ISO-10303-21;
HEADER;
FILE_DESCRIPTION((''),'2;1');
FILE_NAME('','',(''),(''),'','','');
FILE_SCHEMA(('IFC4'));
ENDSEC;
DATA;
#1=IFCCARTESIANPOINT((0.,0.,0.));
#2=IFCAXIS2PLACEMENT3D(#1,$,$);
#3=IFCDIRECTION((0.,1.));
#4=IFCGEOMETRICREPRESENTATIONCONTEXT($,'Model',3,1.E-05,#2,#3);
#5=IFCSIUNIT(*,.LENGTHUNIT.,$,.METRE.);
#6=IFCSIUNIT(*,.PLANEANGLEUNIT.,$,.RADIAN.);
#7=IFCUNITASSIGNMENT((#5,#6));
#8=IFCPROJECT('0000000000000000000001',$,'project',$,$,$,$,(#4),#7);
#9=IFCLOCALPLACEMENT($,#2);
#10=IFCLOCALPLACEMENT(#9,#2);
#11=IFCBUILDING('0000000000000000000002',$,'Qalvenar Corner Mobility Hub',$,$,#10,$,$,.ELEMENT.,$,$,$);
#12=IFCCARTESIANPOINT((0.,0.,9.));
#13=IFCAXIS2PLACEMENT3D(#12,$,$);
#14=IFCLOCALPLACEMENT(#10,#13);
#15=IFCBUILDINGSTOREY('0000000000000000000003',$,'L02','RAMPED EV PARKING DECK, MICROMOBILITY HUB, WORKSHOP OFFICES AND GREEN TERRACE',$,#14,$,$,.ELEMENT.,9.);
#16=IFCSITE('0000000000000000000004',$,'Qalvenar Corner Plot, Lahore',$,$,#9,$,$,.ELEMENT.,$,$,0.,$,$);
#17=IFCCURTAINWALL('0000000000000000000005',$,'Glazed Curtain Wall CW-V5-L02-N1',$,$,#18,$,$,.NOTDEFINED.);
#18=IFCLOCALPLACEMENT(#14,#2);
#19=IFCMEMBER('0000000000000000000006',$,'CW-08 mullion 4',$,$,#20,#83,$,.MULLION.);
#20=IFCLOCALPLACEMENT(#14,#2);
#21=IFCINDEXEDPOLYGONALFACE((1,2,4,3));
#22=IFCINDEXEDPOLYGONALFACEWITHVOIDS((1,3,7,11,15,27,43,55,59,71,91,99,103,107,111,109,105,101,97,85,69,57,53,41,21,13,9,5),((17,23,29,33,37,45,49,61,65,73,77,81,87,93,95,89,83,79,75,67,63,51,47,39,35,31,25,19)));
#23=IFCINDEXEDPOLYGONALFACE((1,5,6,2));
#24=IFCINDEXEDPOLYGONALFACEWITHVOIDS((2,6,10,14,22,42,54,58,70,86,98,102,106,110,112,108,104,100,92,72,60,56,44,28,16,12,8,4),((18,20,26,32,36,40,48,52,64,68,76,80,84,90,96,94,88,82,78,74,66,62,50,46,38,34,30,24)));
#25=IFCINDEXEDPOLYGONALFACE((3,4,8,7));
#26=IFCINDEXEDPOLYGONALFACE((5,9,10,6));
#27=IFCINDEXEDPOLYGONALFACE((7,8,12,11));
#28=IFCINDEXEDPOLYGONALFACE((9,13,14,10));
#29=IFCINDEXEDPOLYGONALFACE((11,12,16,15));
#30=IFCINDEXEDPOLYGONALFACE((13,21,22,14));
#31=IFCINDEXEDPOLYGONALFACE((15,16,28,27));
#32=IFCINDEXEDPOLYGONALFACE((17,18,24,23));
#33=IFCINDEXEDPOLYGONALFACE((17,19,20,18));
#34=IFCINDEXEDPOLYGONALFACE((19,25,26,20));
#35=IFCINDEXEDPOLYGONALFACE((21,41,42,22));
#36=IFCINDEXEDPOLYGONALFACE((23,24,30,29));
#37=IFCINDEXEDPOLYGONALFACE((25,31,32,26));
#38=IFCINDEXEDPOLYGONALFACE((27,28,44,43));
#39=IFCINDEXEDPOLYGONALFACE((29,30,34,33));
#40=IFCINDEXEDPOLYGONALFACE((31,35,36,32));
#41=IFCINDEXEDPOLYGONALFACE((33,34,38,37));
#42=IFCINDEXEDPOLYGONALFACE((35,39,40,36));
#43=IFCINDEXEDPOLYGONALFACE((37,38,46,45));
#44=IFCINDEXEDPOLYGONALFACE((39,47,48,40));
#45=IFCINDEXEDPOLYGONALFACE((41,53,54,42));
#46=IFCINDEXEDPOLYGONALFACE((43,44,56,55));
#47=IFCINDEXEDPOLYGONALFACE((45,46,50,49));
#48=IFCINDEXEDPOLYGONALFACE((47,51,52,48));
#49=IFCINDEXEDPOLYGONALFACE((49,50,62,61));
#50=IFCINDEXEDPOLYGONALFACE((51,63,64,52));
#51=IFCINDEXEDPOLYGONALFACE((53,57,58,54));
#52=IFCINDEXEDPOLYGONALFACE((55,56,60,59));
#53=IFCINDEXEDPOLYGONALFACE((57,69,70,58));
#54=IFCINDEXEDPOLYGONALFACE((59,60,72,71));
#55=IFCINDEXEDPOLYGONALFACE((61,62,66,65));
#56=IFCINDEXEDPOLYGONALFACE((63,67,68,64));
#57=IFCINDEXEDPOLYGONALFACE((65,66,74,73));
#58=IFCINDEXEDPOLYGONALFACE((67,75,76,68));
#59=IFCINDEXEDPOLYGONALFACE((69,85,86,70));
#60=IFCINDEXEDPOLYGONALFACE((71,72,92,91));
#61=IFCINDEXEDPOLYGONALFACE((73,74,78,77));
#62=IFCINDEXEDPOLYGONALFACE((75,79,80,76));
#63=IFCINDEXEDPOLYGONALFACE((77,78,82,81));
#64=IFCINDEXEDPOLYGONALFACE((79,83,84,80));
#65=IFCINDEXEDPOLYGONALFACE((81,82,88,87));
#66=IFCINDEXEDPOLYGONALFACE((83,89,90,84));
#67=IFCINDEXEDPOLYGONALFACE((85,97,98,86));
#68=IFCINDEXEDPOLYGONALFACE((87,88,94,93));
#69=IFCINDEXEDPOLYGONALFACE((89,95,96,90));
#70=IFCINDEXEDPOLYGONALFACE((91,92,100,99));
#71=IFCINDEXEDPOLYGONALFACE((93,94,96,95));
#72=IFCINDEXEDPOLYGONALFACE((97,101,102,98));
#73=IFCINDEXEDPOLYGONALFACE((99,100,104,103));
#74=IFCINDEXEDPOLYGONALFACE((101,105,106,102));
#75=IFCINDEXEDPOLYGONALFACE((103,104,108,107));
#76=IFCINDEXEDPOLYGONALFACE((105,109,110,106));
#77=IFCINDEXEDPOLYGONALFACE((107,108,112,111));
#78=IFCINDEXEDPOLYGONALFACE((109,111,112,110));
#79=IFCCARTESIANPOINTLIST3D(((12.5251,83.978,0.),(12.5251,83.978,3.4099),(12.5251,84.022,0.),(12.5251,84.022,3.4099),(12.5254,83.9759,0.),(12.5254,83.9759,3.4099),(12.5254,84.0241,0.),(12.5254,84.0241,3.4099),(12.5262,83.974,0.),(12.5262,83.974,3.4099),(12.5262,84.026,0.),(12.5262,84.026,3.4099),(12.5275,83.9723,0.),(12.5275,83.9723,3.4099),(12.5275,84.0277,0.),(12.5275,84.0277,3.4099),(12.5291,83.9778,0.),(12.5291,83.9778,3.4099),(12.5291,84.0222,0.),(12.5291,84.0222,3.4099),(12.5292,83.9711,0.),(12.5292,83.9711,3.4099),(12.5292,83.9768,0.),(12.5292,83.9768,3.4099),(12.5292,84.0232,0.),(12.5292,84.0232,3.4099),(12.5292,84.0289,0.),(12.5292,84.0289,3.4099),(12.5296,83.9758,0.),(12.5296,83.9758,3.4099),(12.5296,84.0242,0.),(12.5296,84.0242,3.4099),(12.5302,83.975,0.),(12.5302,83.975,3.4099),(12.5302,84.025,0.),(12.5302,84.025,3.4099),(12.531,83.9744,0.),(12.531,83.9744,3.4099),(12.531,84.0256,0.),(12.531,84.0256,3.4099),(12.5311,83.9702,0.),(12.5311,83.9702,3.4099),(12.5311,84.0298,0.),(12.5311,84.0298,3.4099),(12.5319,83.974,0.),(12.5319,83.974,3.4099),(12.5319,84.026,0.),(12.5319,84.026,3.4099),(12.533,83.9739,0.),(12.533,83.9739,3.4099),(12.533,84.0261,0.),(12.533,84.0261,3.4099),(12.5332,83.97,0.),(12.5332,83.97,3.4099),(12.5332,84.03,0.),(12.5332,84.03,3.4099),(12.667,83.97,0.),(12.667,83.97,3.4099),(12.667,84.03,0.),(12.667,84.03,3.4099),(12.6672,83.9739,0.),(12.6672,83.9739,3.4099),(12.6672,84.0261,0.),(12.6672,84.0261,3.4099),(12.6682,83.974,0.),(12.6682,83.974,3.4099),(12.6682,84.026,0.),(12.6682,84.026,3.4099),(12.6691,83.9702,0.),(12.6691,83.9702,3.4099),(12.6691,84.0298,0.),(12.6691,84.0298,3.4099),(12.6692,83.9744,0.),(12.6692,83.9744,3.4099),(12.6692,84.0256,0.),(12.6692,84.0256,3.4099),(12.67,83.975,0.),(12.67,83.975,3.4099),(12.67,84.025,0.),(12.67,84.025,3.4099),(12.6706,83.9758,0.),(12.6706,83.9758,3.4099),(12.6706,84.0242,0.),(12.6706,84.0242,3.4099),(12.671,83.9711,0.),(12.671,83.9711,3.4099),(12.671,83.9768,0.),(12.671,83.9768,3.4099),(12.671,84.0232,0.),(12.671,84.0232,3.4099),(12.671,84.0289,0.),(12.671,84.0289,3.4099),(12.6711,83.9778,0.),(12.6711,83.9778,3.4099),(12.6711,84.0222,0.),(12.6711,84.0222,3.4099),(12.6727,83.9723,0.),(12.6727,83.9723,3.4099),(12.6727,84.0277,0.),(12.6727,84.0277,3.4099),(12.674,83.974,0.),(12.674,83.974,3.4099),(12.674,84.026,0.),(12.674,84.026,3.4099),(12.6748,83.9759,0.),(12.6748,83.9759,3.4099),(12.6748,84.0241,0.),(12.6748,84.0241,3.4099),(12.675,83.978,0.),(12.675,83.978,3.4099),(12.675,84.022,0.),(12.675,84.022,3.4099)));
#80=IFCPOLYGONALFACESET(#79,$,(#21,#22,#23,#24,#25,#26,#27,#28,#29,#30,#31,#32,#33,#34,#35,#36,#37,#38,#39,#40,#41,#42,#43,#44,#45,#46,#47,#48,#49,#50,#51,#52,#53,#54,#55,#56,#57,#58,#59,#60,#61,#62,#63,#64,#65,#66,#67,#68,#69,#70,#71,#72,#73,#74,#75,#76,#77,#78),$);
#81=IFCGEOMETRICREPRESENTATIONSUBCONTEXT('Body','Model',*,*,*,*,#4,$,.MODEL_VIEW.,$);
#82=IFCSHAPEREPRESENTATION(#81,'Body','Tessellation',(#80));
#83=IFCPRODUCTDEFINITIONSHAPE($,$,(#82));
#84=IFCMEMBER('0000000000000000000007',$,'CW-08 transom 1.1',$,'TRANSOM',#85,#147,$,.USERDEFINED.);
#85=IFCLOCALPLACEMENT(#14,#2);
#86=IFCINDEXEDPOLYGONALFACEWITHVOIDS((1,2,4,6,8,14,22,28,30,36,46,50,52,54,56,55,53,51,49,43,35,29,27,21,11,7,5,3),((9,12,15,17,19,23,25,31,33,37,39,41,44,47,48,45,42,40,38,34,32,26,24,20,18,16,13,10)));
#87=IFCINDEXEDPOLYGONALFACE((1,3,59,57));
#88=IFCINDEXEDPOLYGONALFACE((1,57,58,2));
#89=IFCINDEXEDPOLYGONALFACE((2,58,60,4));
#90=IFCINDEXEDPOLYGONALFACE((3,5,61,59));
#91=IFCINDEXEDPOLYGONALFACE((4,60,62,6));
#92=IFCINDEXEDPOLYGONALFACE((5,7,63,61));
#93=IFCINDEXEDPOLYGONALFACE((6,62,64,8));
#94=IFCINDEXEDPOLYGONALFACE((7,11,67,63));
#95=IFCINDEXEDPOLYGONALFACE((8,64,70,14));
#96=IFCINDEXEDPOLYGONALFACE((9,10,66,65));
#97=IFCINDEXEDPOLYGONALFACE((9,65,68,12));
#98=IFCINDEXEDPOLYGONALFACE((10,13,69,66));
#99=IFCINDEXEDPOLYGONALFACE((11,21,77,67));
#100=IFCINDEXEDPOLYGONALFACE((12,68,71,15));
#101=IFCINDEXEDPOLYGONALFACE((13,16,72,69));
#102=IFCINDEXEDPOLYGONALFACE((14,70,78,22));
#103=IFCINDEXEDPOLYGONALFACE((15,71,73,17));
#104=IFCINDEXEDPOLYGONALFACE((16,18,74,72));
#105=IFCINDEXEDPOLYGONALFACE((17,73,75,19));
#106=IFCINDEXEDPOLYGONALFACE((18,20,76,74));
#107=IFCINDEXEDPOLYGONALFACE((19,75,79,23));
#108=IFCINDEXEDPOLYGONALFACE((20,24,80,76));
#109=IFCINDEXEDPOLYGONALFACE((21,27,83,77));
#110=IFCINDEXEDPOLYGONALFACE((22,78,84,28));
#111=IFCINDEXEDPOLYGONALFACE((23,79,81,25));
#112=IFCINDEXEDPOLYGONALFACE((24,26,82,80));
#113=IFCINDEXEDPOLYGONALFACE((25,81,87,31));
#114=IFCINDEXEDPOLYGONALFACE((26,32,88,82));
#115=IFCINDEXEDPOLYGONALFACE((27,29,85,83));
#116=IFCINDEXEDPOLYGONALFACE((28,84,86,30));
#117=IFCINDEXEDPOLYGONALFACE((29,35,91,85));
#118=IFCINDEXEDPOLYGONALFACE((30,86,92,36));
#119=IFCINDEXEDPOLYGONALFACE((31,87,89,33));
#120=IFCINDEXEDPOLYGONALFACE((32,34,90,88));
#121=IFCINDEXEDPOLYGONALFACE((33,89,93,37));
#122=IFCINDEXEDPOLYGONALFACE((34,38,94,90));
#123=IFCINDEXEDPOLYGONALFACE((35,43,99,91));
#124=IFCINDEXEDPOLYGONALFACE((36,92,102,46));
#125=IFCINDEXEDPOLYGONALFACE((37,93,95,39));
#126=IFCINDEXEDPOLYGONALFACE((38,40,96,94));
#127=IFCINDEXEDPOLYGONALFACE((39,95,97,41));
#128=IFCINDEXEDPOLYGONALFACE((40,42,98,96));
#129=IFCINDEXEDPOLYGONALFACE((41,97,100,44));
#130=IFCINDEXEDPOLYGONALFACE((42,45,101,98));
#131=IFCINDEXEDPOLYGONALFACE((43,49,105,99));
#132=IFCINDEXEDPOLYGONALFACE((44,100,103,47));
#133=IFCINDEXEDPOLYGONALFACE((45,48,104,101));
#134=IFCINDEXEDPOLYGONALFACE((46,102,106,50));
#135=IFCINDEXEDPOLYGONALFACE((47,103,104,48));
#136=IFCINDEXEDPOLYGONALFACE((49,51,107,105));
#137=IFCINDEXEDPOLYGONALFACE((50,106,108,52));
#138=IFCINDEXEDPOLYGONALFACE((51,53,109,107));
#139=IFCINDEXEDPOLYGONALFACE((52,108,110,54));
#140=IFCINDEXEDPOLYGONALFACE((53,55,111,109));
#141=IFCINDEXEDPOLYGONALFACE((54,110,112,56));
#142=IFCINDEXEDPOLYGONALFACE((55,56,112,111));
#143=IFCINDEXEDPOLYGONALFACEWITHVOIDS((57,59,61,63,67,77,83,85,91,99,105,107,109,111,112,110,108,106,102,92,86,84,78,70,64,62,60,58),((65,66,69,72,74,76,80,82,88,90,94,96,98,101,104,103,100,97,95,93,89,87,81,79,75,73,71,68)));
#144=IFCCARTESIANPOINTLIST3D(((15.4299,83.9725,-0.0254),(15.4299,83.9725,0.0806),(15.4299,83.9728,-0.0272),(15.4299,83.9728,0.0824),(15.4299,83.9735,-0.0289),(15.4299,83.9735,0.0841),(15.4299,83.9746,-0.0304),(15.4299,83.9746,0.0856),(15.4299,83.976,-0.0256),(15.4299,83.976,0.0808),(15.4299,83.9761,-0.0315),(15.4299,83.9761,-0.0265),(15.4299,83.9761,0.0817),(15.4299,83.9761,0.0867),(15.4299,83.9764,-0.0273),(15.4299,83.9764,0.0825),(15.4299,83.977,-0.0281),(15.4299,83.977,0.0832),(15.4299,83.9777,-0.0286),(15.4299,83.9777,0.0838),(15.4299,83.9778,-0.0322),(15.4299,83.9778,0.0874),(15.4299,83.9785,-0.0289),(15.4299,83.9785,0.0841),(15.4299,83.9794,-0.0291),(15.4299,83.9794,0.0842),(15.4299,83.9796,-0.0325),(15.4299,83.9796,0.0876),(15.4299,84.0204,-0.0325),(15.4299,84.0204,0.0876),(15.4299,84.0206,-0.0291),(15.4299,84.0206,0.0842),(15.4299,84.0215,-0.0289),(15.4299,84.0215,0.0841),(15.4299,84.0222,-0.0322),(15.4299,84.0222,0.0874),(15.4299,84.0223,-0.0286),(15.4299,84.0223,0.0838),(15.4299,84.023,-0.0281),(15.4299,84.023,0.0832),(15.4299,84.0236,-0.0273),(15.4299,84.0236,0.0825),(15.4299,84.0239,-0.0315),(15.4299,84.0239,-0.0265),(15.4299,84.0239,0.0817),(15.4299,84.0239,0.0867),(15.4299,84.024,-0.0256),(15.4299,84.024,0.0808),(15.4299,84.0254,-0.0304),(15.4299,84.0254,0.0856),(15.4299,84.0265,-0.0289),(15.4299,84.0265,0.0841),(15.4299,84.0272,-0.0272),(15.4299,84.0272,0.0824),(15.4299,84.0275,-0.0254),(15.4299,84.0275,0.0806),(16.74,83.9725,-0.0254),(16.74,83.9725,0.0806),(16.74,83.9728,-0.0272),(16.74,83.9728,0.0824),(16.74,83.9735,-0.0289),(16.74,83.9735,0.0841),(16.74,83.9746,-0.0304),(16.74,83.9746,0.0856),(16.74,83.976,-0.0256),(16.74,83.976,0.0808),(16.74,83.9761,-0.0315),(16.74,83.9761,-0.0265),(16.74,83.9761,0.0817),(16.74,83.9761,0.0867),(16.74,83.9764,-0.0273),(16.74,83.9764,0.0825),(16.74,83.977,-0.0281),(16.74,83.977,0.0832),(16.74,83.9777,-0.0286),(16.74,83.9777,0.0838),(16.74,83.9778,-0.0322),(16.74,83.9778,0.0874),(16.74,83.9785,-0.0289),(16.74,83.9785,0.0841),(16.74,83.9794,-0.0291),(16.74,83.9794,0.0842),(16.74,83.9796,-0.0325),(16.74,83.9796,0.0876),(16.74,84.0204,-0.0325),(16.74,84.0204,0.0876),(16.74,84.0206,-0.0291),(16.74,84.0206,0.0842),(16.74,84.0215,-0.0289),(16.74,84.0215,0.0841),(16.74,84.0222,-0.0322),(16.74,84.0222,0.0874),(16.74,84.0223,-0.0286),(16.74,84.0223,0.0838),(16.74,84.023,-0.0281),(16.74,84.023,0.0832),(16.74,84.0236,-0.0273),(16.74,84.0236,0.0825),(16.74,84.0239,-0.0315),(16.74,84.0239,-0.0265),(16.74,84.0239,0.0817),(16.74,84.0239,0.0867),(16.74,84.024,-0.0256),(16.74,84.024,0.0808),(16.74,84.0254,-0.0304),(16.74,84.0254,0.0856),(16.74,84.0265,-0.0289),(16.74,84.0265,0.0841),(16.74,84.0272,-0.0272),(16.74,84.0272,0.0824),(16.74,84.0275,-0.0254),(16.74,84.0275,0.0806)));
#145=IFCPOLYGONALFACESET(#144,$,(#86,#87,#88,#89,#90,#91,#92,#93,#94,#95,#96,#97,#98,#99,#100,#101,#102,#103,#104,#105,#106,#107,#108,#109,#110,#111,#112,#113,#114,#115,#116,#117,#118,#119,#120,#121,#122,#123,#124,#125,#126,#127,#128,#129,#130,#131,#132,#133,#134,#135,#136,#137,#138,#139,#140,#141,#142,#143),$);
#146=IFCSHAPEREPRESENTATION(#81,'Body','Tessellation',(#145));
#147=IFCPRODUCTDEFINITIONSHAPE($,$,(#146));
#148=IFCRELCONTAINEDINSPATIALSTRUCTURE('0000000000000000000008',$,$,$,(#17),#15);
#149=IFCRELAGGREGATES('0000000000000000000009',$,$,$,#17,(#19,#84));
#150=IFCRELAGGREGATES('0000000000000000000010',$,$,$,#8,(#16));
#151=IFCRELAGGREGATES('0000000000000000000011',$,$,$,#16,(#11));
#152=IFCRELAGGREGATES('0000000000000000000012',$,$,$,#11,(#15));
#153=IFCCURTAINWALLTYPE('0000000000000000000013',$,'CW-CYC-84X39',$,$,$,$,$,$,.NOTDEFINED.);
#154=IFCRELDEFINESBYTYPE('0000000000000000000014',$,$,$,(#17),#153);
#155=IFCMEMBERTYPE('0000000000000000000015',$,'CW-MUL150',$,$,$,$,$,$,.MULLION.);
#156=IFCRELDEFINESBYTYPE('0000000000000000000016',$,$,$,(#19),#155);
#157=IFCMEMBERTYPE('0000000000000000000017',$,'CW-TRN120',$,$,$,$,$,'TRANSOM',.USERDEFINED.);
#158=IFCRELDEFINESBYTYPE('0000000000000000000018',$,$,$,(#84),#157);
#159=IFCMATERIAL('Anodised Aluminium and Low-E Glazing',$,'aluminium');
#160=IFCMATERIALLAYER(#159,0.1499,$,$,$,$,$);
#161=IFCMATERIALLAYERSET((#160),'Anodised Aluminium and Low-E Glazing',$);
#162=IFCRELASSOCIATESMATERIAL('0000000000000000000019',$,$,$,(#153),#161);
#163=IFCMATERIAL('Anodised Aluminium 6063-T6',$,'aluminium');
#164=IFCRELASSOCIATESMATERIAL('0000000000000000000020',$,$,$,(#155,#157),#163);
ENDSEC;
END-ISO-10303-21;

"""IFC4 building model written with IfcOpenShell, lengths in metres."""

from ifc_helpers import new_model, si_unit, direction, frame, origin, origin_2d, place, context, subcontext, project, spatial, hollow_rectangle, extrude, material, layer, layer_set, material_profile, profile_set, type_object, element, aggregate, save


model = new_model("IFC4")

# Units and contexts
model_context = context("Model", 3, precision=1e-05, world=origin(), true_north=direction((0.0, 1.0)))
body_context = subcontext(model_context, "Body", "Model", "MODEL_VIEW")
ifc_project = project(units=[si_unit("LENGTHUNIT", "METRE"), si_unit("PLANEANGLEUNIT", "RADIAN")], contexts=[model_context])

# Site, building, storey
site_placement = place(None, origin())
site = spatial("IfcSite", under=ifc_project, at=site_placement, Name="Qalvenar Corner Plot, Lahore", CompositionType="ELEMENT", RefElevation=0.0)
building_placement = place(site_placement, origin())
building = spatial("IfcBuilding", under=site, at=building_placement, Name="Qalvenar Corner Mobility Hub", CompositionType="ELEMENT")
storey_placement = place(building_placement, frame((0.0, 0.0, 9.0)))
storey = spatial("IfcBuildingStorey", under=building, at=storey_placement, Name="L02", Description="RAMPED EV PARKING DECK, MICROMOBILITY HUB, WORKSHOP OFFICES AND GREEN TERRACE", CompositionType="ELEMENT", Elevation=9.0)

# Curtain wall, members
ifc_material_1 = material(Name="Anodised Aluminium and Low-E Glazing", Category="aluminium")
ifc_layer_1 = layer(ifc_material_1, 0.1499)
ifc_layer_set_1 = layer_set([ifc_layer_1], Name="Anodised Aluminium and Low-E Glazing")
curtain_wall_type = type_object("IfcCurtainWallType", Name="CW-CYC-84X39", PredefinedType="NOTDEFINED", material=ifc_layer_set_1)
curtain_wall_placement = place(storey_placement, origin())
curtain_wall = element("IfcCurtainWall", 1, at=curtain_wall_placement, inside=storey, type_object=curtain_wall_type, Name="Glazed Curtain Wall CW-V5-L02-N1", PredefinedType="NOTDEFINED")
ifc_material_2 = material(Name="Anodised Aluminium 6063-T6", Category="aluminium")
ifc_material_profile_1 = material_profile(ifc_material_2, hollow_rectangle(XDim=0.0601, YDim=0.1499, WallThickness=0.0039, InnerFilletRadius=0.0039, OuterFilletRadius=0.0081, at=origin_2d()), Name="RHS150x60x4")
ifc_profile_set_1 = profile_set([ifc_material_profile_1], Name="Anodised Aluminium 6063-T6")
member_type_1 = type_object("IfcMemberType", Name="CW-MUL150", PredefinedType="MULLION", material=ifc_profile_set_1)
member_1_placement = place(storey_placement, frame((12.6001, 84.0, 0.0), z_axis=(0.0, 0.0, 1.0), x_axis=(0.0, -1.0, 0.0)))
member_1 = element("IfcMember", 2, at=member_1_placement, type_object=member_type_1, Name="CW-08 mullion 4", PredefinedType="MULLION", context=body_context, shape_type="SweptSolid", body=[
    extrude(hollow_rectangle(XDim=0.0601, YDim=0.1499, WallThickness=0.0039, InnerFilletRadius=0.0039, OuterFilletRadius=0.0081, at=origin_2d()), origin(), (0.0, 0.0, 1.0), 3.4099),
])
ifc_material_profile_2 = material_profile(ifc_material_2, hollow_rectangle(XDim=0.0549, YDim=0.1201, WallThickness=0.0034, InnerFilletRadius=0.0034, OuterFilletRadius=0.0071, at=origin_2d()), Name="RHS120x55x3.5")
ifc_profile_set_2 = profile_set([ifc_material_profile_2], Name="Anodised Aluminium 6063-T6")
member_type_2 = type_object("IfcMemberType", Name="CW-TRN120", ElementType="TRANSOM", PredefinedType="USERDEFINED", material=ifc_profile_set_2)
member_2_placement = place(storey_placement, frame((16.74, 84.0, 0.0276), z_axis=(-1.0, 0.0, 0.0), x_axis=(0.0, -1.0, 0.0)))
member_2 = element("IfcMember", 3, at=member_2_placement, type_object=member_type_2, Name="CW-08 transom 1.1", ObjectType="TRANSOM", PredefinedType="USERDEFINED", context=body_context, shape_type="SweptSolid", body=[
    extrude(hollow_rectangle(XDim=0.0549, YDim=0.1201, WallThickness=0.0034, InnerFilletRadius=0.0034, OuterFilletRadius=0.0071, at=origin_2d()), origin(), (0.0, 0.0, 1.0), 1.3101),
])

aggregate(curtain_wall, [member_1, member_2])

save(model, "model.ifc")
